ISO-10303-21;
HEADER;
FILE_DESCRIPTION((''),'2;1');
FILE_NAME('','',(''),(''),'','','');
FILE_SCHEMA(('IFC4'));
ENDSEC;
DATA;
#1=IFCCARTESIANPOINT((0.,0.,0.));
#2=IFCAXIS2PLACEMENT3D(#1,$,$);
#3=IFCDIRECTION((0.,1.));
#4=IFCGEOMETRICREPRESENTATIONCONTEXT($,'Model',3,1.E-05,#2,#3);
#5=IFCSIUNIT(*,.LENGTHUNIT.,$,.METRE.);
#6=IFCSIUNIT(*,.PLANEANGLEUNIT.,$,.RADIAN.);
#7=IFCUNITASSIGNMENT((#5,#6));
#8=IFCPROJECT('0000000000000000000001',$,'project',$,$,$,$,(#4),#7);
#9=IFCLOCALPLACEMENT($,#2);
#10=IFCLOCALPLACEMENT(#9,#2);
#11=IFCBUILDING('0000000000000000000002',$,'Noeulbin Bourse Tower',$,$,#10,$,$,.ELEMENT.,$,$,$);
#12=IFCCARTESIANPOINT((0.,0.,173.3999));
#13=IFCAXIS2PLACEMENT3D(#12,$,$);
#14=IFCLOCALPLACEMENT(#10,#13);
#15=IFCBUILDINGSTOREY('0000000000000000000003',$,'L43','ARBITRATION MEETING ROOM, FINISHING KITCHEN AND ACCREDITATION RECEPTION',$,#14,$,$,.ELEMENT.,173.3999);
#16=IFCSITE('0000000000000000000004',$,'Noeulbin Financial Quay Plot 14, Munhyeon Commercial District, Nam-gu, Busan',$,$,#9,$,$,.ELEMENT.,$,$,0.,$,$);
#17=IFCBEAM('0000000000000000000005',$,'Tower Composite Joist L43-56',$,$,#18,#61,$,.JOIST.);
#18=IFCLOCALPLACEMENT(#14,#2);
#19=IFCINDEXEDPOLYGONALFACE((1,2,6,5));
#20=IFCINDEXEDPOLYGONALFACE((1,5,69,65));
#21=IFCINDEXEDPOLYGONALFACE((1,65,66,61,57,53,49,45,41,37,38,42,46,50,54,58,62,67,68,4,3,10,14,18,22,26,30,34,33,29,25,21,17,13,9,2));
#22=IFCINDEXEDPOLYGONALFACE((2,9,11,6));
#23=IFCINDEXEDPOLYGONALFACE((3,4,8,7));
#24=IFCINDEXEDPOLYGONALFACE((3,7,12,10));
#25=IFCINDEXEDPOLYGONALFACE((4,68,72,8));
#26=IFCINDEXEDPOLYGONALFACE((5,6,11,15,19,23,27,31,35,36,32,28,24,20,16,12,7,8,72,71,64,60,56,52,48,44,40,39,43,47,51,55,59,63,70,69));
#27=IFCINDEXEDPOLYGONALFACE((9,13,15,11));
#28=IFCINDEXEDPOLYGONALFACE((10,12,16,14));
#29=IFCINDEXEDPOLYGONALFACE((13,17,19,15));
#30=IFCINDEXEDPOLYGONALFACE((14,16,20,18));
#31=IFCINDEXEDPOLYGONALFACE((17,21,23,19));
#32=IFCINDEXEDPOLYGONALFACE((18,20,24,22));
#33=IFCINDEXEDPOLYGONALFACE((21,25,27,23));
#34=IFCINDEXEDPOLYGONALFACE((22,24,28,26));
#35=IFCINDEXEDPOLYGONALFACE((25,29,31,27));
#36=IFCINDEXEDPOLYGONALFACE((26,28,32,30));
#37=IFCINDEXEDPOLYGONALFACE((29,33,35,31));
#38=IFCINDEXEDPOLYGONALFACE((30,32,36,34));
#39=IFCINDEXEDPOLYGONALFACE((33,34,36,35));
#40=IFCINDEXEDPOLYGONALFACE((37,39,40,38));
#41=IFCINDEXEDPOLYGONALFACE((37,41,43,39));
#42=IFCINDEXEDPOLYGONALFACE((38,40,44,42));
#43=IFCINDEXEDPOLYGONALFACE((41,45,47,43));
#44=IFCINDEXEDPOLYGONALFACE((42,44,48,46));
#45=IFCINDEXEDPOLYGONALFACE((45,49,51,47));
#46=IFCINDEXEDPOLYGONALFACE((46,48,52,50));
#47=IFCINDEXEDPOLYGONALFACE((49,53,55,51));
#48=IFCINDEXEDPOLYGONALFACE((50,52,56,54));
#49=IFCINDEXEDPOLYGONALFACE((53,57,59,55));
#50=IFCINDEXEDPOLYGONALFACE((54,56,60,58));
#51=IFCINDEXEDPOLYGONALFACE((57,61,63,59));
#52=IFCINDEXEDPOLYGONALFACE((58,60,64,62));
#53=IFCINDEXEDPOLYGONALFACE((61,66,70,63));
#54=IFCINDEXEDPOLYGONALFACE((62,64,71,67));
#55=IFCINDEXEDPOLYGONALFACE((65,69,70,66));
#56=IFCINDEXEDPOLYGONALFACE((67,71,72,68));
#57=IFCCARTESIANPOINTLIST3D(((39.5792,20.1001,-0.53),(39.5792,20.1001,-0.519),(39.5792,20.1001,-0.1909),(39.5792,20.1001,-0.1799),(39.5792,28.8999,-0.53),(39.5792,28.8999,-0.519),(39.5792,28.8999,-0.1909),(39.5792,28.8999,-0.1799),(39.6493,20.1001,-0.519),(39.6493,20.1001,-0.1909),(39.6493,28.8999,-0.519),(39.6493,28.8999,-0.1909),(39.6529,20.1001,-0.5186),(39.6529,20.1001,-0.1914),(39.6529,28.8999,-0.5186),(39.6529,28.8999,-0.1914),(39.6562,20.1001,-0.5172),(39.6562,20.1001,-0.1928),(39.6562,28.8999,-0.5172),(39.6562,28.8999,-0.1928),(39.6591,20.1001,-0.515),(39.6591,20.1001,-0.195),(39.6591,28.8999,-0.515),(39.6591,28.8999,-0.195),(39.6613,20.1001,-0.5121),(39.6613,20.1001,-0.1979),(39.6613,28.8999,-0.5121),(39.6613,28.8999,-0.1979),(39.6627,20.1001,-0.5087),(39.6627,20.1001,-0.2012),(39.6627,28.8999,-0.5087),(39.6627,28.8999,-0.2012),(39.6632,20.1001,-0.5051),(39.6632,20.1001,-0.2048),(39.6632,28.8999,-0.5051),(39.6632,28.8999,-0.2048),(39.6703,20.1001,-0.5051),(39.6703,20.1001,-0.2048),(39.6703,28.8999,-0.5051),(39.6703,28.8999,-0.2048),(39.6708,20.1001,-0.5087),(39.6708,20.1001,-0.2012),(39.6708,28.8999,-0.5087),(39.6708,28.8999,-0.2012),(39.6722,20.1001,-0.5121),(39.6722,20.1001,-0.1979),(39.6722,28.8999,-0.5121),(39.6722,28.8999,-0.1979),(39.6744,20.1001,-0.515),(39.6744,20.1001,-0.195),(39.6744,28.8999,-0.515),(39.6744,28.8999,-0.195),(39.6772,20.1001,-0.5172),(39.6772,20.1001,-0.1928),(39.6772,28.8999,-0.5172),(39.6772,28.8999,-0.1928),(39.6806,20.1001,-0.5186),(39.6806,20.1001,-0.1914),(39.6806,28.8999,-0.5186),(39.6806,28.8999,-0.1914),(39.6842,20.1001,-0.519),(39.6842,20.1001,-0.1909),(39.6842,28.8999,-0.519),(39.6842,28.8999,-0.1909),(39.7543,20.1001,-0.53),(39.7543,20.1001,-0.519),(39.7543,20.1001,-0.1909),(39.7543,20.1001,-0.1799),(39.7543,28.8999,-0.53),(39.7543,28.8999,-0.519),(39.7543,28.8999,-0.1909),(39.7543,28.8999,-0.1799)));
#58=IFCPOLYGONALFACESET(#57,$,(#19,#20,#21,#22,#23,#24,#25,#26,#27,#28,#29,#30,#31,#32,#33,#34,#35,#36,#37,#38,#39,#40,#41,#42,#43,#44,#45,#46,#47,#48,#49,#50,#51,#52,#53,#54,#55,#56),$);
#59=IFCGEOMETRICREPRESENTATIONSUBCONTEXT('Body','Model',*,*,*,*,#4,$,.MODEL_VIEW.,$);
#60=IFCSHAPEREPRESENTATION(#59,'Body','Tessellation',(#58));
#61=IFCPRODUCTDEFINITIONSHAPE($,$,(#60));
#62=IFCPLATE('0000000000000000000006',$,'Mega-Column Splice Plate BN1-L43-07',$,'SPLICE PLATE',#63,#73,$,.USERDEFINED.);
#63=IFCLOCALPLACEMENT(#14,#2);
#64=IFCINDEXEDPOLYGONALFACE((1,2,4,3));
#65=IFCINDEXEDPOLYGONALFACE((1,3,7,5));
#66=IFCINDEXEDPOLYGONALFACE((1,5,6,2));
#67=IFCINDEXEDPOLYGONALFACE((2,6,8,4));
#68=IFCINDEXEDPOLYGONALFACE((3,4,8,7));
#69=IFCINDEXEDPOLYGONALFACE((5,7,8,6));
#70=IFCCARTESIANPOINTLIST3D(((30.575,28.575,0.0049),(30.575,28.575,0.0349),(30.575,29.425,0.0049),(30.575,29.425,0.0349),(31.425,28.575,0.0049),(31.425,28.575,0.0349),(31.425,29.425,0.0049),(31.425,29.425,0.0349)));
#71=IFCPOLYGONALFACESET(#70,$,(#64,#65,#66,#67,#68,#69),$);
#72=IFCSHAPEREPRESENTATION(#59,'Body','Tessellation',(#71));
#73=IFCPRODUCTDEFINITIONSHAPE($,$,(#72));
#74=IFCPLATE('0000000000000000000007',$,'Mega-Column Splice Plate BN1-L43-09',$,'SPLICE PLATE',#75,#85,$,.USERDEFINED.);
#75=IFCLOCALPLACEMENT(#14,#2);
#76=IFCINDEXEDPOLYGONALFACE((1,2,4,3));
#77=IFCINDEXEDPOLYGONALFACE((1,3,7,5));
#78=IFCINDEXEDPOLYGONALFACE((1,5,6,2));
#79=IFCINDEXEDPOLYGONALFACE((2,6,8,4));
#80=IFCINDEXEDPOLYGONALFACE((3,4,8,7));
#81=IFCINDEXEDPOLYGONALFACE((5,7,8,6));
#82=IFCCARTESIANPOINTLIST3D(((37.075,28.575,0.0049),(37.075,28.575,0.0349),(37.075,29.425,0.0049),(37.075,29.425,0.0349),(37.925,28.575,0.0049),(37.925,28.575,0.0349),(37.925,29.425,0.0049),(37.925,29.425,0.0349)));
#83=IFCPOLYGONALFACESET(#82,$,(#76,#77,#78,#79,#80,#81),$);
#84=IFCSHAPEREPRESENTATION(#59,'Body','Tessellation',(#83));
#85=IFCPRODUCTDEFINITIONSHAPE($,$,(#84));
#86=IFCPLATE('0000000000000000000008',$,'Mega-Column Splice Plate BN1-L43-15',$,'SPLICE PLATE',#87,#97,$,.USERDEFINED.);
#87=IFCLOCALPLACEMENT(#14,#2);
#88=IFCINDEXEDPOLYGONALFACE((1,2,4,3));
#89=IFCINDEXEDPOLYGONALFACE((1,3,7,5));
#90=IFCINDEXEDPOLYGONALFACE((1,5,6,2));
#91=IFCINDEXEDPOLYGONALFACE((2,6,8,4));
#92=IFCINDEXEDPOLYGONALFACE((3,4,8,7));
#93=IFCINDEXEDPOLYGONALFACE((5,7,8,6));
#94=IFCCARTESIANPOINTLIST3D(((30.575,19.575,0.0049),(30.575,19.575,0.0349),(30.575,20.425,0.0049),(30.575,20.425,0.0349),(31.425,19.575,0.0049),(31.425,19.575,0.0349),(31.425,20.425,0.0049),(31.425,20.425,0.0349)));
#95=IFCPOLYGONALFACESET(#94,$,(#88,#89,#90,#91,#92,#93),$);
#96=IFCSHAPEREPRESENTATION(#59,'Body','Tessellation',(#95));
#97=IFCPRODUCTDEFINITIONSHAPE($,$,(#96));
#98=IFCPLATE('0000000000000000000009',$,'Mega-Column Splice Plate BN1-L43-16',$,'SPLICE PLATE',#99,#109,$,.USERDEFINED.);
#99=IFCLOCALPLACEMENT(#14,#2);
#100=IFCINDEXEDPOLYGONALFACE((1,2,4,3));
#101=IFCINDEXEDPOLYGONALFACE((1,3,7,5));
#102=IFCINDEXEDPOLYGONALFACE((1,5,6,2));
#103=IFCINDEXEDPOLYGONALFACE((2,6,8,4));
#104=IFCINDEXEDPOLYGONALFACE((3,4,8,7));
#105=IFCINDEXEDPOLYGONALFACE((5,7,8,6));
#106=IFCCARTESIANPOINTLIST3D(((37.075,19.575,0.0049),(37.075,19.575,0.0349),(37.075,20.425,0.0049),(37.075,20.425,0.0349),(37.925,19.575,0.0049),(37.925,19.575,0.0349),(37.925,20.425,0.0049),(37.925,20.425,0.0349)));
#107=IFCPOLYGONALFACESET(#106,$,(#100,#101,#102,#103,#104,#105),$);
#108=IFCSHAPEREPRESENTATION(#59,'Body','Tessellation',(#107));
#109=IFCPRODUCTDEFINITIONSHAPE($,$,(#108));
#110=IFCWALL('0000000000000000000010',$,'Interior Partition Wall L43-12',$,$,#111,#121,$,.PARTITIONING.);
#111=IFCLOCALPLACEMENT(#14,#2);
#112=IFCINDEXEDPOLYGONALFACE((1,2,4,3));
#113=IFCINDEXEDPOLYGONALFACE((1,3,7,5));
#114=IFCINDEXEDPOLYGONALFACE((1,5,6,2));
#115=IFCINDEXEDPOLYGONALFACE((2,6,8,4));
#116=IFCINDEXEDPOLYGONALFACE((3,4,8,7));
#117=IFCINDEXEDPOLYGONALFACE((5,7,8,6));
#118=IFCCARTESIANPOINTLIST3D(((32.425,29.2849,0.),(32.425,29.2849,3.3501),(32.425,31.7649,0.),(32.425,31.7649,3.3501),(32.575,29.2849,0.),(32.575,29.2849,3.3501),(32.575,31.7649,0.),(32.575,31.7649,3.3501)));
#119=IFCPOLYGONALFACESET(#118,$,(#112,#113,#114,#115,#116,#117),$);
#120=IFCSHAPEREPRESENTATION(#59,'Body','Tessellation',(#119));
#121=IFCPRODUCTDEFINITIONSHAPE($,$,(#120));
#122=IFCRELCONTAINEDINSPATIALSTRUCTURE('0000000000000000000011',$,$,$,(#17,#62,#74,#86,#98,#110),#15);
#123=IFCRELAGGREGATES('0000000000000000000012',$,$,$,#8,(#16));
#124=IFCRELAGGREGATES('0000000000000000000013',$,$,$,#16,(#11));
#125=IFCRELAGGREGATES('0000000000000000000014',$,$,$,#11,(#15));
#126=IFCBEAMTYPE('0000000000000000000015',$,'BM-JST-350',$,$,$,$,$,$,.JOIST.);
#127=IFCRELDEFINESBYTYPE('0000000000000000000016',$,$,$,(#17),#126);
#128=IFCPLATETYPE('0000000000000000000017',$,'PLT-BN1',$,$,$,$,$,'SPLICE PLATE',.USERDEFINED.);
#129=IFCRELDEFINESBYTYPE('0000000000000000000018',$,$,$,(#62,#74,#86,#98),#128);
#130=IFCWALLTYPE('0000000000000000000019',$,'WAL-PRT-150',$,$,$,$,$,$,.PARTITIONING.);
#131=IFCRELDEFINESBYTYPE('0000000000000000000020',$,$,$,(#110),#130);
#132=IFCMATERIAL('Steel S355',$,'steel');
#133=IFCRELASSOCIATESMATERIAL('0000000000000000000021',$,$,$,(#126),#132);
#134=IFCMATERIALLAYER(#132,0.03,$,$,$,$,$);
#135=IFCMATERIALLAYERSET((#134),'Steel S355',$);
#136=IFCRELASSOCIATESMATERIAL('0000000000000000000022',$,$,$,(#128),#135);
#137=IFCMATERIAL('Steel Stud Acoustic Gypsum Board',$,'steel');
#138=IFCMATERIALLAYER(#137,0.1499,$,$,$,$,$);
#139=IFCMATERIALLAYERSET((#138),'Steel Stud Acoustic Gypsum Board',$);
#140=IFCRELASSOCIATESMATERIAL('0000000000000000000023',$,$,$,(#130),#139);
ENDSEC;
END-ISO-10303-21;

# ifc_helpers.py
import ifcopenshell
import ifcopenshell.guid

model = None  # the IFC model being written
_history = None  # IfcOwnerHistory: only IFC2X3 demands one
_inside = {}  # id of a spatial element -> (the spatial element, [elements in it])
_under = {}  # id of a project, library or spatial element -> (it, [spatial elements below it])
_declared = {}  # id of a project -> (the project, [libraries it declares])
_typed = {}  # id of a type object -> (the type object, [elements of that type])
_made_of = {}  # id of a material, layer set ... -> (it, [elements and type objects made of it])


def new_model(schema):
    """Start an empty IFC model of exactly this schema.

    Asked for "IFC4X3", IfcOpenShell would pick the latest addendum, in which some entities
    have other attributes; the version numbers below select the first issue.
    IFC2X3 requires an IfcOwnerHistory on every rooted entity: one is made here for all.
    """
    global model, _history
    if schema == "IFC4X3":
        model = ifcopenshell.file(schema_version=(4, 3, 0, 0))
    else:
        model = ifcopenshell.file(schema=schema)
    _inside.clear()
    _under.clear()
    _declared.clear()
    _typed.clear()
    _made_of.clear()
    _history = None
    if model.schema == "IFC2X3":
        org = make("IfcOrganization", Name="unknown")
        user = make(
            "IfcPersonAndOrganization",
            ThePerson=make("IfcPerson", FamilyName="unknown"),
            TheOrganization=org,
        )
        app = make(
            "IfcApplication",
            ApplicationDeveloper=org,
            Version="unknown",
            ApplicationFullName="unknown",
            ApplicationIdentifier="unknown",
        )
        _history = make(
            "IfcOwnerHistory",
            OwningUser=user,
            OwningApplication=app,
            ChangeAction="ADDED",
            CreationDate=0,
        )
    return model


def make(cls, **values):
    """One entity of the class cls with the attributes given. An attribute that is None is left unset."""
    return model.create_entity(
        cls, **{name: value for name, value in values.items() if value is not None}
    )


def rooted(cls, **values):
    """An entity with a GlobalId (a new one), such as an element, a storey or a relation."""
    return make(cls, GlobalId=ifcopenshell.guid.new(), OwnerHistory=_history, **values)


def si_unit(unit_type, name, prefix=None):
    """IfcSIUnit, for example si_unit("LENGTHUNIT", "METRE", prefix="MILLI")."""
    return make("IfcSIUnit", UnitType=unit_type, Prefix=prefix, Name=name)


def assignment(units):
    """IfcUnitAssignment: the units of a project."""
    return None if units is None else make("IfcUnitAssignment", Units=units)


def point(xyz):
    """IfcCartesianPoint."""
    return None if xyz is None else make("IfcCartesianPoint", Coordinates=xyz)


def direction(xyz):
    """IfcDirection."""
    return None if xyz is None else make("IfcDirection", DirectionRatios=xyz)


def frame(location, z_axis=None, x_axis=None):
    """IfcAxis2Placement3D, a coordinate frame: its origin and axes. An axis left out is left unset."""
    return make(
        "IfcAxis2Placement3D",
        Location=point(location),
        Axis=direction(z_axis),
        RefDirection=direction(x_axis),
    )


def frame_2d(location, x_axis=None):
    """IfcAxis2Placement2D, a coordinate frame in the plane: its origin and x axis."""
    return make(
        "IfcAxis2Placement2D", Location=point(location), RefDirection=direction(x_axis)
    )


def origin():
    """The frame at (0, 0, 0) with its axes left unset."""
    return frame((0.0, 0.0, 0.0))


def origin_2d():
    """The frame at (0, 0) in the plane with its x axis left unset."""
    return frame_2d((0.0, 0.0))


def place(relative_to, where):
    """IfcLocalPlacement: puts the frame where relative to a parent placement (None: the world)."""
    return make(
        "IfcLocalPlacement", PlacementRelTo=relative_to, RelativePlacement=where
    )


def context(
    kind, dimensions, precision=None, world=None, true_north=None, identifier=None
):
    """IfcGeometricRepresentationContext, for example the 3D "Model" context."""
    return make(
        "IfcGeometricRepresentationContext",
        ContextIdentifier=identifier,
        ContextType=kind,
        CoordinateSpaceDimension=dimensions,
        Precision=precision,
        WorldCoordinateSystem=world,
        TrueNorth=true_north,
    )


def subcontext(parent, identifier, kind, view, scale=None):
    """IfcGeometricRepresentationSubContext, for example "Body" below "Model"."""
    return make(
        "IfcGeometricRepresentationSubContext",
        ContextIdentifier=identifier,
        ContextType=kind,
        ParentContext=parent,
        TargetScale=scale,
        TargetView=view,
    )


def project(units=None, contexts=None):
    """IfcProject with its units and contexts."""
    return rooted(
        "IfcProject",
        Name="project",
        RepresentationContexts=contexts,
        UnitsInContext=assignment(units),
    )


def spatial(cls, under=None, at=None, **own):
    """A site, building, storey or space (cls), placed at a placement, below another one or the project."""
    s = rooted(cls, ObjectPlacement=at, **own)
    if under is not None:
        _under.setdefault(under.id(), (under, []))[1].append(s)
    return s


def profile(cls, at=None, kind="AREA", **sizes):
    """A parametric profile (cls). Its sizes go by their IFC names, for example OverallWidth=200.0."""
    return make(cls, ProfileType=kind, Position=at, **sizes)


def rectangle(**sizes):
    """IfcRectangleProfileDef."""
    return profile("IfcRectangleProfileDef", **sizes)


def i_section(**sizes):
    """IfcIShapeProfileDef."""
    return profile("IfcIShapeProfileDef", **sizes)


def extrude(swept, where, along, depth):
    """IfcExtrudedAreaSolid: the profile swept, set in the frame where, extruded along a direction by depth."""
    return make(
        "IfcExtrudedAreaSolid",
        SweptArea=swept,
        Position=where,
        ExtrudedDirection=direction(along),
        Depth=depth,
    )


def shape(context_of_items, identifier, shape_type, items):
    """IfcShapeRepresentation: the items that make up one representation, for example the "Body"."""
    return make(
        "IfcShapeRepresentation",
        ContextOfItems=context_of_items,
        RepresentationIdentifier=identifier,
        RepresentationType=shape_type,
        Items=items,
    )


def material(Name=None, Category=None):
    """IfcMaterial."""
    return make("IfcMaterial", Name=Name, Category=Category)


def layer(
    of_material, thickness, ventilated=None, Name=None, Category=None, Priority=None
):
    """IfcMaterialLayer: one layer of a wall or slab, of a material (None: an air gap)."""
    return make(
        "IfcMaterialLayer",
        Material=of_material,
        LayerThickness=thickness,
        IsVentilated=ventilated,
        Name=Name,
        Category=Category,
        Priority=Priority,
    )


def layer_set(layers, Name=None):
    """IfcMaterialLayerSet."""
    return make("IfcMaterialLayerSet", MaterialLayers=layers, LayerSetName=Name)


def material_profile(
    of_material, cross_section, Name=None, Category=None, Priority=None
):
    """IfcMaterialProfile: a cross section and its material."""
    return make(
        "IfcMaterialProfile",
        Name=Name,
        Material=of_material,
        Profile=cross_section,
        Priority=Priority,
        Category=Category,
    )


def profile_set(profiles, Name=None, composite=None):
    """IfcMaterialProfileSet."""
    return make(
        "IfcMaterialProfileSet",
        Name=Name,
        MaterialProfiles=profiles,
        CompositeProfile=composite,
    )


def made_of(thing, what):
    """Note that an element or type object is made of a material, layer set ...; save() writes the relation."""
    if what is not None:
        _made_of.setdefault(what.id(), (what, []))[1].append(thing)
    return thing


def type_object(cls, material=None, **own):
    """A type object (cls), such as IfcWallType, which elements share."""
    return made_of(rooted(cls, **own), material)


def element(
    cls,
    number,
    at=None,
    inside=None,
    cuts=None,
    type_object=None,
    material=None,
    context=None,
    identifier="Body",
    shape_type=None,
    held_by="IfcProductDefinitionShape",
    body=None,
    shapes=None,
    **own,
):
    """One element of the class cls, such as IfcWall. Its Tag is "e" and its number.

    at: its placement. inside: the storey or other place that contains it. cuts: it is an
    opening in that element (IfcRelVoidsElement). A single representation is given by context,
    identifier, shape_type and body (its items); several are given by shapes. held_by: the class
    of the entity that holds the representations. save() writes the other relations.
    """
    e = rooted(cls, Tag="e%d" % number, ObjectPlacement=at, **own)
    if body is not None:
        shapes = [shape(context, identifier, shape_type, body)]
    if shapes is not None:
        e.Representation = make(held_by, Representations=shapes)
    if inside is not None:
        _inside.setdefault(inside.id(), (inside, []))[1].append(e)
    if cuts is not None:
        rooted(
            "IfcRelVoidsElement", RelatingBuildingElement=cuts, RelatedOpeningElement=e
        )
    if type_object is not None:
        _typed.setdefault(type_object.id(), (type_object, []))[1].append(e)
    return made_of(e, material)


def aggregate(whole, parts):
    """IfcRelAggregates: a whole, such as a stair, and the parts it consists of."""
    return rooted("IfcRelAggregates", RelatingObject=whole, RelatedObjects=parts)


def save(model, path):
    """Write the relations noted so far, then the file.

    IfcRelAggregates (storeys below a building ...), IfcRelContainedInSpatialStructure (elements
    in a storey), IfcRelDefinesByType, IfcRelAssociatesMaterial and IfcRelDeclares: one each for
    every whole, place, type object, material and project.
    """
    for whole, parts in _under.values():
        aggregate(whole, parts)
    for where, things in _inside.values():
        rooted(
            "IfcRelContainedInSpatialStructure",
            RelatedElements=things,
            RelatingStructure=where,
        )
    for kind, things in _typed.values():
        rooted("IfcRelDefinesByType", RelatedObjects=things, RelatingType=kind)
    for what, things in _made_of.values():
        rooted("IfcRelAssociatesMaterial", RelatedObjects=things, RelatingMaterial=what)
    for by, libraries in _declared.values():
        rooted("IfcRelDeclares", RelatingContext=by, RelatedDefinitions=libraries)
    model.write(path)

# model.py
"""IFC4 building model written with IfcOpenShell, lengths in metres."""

from ifc_helpers import new_model, si_unit, direction, frame, frame_2d, origin, origin_2d, place, context, subcontext, project, spatial, rectangle, i_section, extrude, material, layer, layer_set, material_profile, profile_set, type_object, element, save


model = new_model("IFC4")

# Units and contexts
model_context = context("Model", 3, precision=1e-05, world=origin(), true_north=direction((0.0, 1.0)))
body_context = subcontext(model_context, "Body", "Model", "MODEL_VIEW")
ifc_project = project(units=[si_unit("LENGTHUNIT", "METRE"), si_unit("PLANEANGLEUNIT", "RADIAN")], contexts=[model_context])

# Site, building, storey
site_placement = place(None, origin())
site = spatial("IfcSite", under=ifc_project, at=site_placement, Name="Noeulbin Financial Quay Plot 14, Munhyeon Commercial District, Nam-gu, Busan", CompositionType="ELEMENT", RefElevation=0.0)
building_placement = place(site_placement, origin())
building = spatial("IfcBuilding", under=site, at=building_placement, Name="Noeulbin Bourse Tower", CompositionType="ELEMENT")
storey_placement = place(building_placement, frame((0.0, 0.0, 173.3999)))
storey = spatial("IfcBuildingStorey", under=building, at=storey_placement, Name="L43", Description="ARBITRATION MEETING ROOM, FINISHING KITCHEN AND ACCREDITATION RECEPTION", CompositionType="ELEMENT", Elevation=173.3999)

# Beam
ifc_material_1 = material(Name="Steel S355", Category="steel")
ifc_material_profile_1 = material_profile(ifc_material_1, i_section(OverallWidth=0.175, OverallDepth=0.3501, WebThickness=0.0071, FlangeThickness=0.011, FilletRadius=0.0139, at=origin_2d()), Name="H-350x175x7x11", Category="LoadBearing")
ifc_profile_set_1 = profile_set([ifc_material_profile_1], Name="Steel S355")
beam_type_1 = type_object("IfcBeamType", Name="BM-JST-350", PredefinedType="JOIST", material=ifc_profile_set_1)
beam_1_placement = place(storey_placement, frame((39.6667, 20.1001, -0.355), z_axis=(0.0, 1.0, 0.0), x_axis=(-1.0, 0.0, 0.0)))
element("IfcBeam", 1, at=beam_1_placement, inside=storey, type_object=beam_type_1, Name="Tower Composite Joist L43-56", PredefinedType="JOIST", context=body_context, shape_type="SweptSolid", body=[
    extrude(i_section(OverallWidth=0.175, OverallDepth=0.3501, WebThickness=0.0071, FlangeThickness=0.011, FilletRadius=0.0139, at=origin_2d()), origin(), (0.0, 0.0, 1.0), 8.7998),
])

# Plates
ifc_layer_1 = layer(ifc_material_1, 0.03)
ifc_layer_set_1 = layer_set([ifc_layer_1], Name="Steel S355")
plate_type = type_object("IfcPlateType", Name="PLT-BN1", ElementType="SPLICE PLATE", PredefinedType="USERDEFINED", material=ifc_layer_set_1)
for number, where, z_axis, x_axis, name in (
    (2, (31.0, 29.0, 0.0049), (0.0, 0.0, 1.0), (1.0, 0.0, 0.0), "Mega-Column Splice Plate BN1-L43-07"),
    (3, (37.5, 29.0, 0.0049), (0.0, 0.0, 1.0), (1.0, 0.0, 0.0), "Mega-Column Splice Plate BN1-L43-09"),
    (4, (31.0, 20.0, 0.0049), (0.0, 0.0, 1.0), (1.0, 0.0, 0.0), "Mega-Column Splice Plate BN1-L43-15"),
    (5, (37.5, 20.0, 0.0049), (0.0, 0.0, 1.0), (1.0, 0.0, 0.0), "Mega-Column Splice Plate BN1-L43-16"),
):
    element("IfcPlate", number, at=place(storey_placement, frame(where, z_axis=z_axis, x_axis=x_axis)), inside=storey, type_object=plate_type, Name=name, ObjectType="SPLICE PLATE", PredefinedType="USERDEFINED", context=body_context, shape_type="SweptSolid", body=[
        extrude(rectangle(XDim=0.8501, YDim=0.8501, at=origin_2d()), origin(), (0.0, 0.0, 1.0), 0.03),
    ])

# Wall
ifc_material_2 = material(Name="Steel Stud Acoustic Gypsum Board", Category="steel")
ifc_layer_2 = layer(ifc_material_2, 0.1499)
ifc_layer_set_2 = layer_set([ifc_layer_2], Name="Steel Stud Acoustic Gypsum Board")
wall_type = type_object("IfcWallType", Name="WAL-PRT-150", PredefinedType="PARTITIONING", material=ifc_layer_set_2)
wall_placement = place(storey_placement, frame((32.5, 29.2849, 0.0), z_axis=(0.0, 0.0, 1.0), x_axis=(0.0, 1.0, 0.0)))
element("IfcWall", 6, at=wall_placement, inside=storey, type_object=wall_type, Name="Interior Partition Wall L43-12", PredefinedType="PARTITIONING", context=body_context, shape_type="SweptSolid", body=[
    extrude(rectangle(XDim=2.48, YDim=0.1499, at=frame_2d((1.24, 0.0))), origin(), (0.0, 0.0, 1.0), 3.3501),
])

save(model, "model.ifc")
